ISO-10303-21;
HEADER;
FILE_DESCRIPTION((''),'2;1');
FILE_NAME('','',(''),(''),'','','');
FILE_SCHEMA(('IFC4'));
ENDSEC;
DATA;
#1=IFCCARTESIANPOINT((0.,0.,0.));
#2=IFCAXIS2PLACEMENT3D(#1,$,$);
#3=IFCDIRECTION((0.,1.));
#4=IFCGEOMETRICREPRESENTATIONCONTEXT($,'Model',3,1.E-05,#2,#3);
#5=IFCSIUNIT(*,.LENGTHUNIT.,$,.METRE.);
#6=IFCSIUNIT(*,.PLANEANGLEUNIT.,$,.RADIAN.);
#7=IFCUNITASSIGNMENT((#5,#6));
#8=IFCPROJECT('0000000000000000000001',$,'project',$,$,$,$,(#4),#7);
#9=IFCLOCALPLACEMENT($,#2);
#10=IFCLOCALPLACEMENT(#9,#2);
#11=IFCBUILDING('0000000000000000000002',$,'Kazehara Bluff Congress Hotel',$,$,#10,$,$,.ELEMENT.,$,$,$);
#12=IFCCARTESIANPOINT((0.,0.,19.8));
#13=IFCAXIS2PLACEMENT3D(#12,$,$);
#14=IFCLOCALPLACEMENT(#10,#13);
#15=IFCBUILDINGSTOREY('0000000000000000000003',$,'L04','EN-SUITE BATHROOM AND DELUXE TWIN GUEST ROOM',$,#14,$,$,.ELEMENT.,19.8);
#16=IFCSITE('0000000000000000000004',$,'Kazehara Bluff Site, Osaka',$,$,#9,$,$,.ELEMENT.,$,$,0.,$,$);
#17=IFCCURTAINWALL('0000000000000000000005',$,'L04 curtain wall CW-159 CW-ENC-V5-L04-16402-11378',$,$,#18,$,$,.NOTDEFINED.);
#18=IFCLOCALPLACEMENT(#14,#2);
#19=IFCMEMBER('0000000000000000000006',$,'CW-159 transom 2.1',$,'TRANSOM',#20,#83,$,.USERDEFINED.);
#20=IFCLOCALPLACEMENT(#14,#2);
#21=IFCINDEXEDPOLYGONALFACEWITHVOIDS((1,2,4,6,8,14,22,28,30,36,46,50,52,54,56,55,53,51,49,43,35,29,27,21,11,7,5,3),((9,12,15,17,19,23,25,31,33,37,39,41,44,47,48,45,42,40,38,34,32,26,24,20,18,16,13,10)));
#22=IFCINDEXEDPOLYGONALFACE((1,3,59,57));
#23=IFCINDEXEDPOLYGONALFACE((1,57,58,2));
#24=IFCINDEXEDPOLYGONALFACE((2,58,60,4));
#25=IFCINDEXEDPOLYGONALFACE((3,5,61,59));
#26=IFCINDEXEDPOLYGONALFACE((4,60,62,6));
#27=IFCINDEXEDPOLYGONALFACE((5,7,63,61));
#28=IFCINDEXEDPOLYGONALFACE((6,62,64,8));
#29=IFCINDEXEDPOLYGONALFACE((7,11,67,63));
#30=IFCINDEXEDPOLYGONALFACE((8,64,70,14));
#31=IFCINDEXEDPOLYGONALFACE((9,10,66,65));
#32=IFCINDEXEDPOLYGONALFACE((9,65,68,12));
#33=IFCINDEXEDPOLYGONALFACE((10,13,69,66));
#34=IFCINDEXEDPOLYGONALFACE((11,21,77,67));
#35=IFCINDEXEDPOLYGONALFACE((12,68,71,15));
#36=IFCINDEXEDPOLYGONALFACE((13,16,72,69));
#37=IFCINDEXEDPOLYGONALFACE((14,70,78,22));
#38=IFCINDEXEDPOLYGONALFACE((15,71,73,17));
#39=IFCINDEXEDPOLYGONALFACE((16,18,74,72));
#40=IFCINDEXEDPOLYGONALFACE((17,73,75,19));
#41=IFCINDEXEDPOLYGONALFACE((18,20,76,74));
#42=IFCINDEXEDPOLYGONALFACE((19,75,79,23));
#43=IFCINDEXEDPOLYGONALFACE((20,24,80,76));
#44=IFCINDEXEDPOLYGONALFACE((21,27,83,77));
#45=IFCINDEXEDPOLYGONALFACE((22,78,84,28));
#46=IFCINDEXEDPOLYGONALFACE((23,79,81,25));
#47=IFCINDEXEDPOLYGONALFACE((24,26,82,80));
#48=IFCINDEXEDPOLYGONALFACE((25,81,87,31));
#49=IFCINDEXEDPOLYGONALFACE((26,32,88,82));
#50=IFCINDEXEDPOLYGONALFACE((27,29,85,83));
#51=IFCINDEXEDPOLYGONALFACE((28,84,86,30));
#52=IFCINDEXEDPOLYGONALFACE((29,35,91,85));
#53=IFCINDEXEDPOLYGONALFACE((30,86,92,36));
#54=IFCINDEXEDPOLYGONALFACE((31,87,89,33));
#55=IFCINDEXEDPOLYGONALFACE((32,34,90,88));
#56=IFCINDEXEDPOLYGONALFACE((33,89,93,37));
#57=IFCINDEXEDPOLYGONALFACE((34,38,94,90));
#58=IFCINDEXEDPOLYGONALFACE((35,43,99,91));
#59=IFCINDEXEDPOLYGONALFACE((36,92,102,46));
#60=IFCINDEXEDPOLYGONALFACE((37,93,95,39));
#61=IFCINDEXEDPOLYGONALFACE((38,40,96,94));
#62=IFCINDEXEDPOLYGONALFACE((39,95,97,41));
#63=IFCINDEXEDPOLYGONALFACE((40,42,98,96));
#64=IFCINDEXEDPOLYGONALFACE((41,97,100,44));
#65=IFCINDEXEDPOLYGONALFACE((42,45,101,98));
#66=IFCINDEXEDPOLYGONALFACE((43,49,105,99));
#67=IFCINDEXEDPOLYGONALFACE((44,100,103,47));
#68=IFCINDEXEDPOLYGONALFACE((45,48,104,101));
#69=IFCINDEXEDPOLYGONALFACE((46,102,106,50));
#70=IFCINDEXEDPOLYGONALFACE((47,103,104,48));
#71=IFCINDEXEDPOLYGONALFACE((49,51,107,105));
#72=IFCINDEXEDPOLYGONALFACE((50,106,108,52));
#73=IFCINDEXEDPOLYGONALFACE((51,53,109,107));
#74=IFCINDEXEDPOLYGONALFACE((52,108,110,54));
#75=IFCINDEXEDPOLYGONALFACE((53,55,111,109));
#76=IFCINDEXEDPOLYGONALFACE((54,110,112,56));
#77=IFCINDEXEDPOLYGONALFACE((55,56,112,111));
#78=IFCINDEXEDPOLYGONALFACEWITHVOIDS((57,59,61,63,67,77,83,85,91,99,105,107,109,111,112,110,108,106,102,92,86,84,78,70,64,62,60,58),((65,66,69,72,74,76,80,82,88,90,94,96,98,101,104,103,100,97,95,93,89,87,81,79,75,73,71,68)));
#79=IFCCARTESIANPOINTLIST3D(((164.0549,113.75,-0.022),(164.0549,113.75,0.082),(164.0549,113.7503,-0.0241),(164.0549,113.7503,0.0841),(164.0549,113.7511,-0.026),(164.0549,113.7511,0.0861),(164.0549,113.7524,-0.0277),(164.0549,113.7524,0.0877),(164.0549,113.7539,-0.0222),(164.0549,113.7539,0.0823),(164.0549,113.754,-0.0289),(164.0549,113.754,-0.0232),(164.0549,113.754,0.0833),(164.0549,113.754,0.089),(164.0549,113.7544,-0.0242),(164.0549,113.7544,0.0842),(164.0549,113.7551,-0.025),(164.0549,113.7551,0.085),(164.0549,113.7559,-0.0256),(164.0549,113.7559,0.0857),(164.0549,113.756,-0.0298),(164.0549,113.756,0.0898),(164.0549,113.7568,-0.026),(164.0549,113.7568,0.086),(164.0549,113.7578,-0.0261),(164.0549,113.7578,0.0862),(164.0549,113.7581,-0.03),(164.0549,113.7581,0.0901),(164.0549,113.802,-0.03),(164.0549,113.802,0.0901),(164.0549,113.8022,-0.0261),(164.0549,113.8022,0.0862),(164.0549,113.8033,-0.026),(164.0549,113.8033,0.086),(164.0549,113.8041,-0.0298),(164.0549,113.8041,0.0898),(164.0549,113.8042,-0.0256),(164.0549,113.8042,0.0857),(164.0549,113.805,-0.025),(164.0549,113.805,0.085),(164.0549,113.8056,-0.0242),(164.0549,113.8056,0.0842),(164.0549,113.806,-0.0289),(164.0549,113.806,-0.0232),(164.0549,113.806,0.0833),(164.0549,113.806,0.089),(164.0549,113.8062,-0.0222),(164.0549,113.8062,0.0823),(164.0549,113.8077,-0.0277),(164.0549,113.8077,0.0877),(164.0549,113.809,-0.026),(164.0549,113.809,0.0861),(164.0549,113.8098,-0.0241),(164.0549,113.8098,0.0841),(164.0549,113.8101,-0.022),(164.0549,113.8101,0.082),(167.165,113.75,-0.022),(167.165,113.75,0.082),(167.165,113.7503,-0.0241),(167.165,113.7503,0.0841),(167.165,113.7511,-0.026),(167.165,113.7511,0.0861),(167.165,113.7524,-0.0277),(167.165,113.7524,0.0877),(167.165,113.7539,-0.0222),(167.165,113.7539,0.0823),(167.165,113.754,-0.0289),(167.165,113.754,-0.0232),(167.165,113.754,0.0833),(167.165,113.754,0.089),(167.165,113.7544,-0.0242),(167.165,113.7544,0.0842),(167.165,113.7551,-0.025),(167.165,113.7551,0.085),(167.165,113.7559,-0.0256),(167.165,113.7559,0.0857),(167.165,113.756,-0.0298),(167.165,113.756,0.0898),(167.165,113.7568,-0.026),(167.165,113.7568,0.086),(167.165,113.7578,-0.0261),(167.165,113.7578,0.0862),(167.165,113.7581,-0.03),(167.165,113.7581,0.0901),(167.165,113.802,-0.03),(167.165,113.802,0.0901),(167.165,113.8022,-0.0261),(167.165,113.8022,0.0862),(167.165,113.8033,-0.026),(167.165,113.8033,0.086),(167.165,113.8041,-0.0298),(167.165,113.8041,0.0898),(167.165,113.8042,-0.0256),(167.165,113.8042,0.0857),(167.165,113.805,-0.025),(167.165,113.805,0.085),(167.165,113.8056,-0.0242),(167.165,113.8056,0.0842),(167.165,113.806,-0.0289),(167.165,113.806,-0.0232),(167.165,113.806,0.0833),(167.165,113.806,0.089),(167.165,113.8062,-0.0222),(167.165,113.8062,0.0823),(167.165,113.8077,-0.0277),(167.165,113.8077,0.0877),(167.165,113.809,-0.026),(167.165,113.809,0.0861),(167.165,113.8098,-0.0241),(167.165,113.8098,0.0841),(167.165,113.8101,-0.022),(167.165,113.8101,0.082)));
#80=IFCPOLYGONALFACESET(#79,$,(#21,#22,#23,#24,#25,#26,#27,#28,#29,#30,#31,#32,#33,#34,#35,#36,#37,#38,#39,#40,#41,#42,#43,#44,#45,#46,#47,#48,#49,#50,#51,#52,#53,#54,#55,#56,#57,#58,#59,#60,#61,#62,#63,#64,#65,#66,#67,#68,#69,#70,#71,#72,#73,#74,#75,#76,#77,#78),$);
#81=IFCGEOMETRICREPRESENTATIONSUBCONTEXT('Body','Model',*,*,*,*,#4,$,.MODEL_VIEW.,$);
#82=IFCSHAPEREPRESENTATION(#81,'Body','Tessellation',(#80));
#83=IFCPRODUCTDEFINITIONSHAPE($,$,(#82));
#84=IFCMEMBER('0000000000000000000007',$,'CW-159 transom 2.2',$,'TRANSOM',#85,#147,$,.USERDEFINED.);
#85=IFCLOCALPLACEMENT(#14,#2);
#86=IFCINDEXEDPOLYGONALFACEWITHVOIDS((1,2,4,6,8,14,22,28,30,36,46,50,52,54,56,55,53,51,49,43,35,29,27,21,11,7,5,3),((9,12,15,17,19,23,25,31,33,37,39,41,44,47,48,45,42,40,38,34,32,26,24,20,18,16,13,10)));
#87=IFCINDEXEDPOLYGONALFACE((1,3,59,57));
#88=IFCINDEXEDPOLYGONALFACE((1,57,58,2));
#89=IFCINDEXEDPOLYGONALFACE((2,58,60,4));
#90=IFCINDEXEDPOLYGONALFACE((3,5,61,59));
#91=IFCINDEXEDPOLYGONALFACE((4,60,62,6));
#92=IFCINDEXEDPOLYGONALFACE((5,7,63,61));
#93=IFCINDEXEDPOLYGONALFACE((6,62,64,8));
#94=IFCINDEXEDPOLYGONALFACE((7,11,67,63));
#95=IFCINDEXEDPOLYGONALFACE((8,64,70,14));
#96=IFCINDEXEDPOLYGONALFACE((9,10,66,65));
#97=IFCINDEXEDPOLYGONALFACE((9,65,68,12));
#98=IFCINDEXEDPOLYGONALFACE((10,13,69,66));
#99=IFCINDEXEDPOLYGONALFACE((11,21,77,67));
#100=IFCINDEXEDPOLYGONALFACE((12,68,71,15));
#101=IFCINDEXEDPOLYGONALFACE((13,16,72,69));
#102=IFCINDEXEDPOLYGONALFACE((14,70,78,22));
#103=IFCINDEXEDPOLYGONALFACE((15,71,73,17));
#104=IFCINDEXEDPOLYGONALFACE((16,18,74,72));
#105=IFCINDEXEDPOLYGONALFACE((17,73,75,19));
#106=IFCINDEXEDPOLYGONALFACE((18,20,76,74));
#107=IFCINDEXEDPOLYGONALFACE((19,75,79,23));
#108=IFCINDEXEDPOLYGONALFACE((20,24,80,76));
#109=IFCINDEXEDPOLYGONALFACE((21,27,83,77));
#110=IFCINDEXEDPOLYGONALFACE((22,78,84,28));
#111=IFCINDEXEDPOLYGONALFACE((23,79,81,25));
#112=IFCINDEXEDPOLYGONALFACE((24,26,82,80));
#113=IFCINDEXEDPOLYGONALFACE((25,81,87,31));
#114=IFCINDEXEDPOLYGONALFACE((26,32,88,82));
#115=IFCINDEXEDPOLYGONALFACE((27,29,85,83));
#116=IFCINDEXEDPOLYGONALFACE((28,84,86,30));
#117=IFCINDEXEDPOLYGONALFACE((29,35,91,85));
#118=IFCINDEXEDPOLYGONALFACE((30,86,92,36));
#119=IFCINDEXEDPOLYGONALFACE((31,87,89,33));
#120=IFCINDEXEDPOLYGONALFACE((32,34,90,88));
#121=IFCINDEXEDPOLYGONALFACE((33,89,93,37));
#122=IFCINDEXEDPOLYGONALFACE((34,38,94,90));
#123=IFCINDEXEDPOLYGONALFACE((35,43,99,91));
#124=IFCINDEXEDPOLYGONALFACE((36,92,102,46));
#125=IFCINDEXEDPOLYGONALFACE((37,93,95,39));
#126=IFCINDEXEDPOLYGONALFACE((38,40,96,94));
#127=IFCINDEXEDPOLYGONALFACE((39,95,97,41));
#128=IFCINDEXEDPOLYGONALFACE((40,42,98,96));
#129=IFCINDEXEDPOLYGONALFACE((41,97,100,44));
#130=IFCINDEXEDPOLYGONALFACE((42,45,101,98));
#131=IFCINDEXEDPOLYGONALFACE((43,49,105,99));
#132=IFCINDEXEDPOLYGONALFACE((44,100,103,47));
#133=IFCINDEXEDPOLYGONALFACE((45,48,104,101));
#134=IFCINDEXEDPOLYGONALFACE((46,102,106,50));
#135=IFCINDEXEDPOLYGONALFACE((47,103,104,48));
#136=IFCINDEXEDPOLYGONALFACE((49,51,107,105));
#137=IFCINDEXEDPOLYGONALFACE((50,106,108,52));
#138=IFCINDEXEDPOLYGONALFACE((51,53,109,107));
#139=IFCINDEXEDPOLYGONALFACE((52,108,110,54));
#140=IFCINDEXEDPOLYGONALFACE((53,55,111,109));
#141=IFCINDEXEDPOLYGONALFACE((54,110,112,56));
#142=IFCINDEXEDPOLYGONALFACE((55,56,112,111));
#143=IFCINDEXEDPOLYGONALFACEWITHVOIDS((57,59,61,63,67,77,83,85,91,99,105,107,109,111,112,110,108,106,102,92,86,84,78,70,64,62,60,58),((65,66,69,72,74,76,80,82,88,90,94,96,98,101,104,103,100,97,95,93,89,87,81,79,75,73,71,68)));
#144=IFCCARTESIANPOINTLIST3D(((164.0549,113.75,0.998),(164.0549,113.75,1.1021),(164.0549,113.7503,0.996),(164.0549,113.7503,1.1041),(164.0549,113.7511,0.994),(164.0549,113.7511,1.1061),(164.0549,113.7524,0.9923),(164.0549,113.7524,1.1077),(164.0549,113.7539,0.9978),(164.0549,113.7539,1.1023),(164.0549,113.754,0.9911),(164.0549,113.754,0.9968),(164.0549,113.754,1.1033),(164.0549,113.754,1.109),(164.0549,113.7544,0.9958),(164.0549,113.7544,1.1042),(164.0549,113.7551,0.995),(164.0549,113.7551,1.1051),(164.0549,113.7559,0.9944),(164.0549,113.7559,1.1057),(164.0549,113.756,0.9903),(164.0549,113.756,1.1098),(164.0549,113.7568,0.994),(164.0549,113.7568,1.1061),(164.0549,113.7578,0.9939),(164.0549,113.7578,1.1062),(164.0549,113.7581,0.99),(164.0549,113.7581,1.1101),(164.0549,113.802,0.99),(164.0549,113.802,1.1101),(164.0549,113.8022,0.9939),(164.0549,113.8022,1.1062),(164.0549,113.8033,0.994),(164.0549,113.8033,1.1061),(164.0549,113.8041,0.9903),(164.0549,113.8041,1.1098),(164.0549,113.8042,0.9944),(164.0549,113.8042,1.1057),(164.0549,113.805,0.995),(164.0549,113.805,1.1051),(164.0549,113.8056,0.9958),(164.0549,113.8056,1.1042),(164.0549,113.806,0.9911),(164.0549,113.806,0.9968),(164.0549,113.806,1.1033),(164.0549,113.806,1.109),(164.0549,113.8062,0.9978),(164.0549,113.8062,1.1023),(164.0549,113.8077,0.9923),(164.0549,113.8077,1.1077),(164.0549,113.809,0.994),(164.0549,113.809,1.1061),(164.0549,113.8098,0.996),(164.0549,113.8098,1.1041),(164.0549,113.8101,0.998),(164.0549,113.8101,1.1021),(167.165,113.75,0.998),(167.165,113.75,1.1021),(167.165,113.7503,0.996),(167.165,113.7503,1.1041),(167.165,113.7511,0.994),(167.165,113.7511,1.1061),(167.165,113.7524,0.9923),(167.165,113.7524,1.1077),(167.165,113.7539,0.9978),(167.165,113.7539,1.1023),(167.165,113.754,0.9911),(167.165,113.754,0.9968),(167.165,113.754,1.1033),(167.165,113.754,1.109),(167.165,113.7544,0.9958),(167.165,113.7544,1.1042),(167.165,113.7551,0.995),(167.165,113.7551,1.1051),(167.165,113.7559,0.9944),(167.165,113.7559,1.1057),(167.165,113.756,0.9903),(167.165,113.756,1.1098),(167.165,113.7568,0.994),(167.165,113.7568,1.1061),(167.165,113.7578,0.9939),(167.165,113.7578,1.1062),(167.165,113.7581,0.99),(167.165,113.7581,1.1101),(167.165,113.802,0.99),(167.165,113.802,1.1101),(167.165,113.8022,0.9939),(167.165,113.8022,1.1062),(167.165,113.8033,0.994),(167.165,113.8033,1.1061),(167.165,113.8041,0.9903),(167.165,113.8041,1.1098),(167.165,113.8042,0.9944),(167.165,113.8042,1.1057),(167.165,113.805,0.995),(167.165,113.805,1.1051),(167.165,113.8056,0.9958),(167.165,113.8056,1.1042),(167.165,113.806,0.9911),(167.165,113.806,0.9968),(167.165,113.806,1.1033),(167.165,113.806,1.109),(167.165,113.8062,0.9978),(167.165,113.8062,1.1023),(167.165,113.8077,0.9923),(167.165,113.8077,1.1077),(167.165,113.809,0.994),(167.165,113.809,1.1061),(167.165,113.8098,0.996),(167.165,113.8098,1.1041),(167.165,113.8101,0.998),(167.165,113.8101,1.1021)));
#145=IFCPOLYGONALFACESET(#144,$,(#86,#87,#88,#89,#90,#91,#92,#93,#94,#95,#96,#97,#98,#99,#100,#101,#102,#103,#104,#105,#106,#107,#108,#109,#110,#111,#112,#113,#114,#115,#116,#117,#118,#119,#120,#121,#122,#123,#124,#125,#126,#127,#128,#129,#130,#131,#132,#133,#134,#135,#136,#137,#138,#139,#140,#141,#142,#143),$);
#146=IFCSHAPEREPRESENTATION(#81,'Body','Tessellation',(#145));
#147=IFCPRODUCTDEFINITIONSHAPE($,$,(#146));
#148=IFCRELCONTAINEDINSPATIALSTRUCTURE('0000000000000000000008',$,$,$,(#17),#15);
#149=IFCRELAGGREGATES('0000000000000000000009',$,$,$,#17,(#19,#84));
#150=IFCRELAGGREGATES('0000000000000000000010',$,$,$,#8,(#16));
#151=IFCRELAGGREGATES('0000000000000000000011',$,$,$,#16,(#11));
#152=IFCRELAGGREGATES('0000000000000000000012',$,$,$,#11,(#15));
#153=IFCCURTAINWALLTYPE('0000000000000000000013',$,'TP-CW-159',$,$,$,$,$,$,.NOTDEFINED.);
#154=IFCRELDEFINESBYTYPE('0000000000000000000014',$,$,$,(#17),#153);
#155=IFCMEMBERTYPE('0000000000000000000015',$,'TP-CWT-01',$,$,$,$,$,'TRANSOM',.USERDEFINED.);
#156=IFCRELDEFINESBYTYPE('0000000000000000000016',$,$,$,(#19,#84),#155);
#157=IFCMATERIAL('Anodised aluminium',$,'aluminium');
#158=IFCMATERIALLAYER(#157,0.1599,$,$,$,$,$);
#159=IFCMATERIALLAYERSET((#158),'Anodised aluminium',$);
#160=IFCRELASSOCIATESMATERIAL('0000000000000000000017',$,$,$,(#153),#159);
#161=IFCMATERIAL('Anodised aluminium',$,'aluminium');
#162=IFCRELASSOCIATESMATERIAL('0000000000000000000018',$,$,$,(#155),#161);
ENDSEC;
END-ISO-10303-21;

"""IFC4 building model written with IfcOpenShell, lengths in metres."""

from ifc_helpers import new_model, si_unit, direction, frame, origin, origin_2d, place, context, subcontext, project, spatial, hollow_rectangle, extrude, material, layer, layer_set, material_profile, profile_set, type_object, element, aggregate, save


model = new_model("IFC4")

# Units and contexts
model_context = context("Model", 3, precision=1e-05, world=origin(), true_north=direction((0.0, 1.0)))
body_context = subcontext(model_context, "Body", "Model", "MODEL_VIEW")
ifc_project = project(units=[si_unit("LENGTHUNIT", "METRE"), si_unit("PLANEANGLEUNIT", "RADIAN")], contexts=[model_context])

# Site, building, storey
site_placement = place(None, origin())
site = spatial("IfcSite", under=ifc_project, at=site_placement, Name="Kazehara Bluff Site, Osaka", CompositionType="ELEMENT", RefElevation=0.0)
building_placement = place(site_placement, origin())
building = spatial("IfcBuilding", under=site, at=building_placement, Name="Kazehara Bluff Congress Hotel", CompositionType="ELEMENT")
storey_placement = place(building_placement, frame((0.0, 0.0, 19.8)))
storey = spatial("IfcBuildingStorey", under=building, at=storey_placement, Name="L04", Description="EN-SUITE BATHROOM AND DELUXE TWIN GUEST ROOM", CompositionType="ELEMENT", Elevation=19.8)

# Curtain wall
ifc_material_1 = material(Name="Anodised aluminium", Category="aluminium")
ifc_layer_1 = layer(ifc_material_1, 0.1599)
ifc_layer_set_1 = layer_set([ifc_layer_1], Name="Anodised aluminium")
curtain_wall_type_1 = type_object("IfcCurtainWallType", Name="TP-CW-159", PredefinedType="NOTDEFINED", material=ifc_layer_set_1)
curtain_wall_1_placement = place(storey_placement, origin())
curtain_wall_1 = element("IfcCurtainWall", 1, at=curtain_wall_1_placement, inside=storey, type_object=curtain_wall_type_1, Name="L04 curtain wall CW-159 CW-ENC-V5-L04-16402-11378", PredefinedType="NOTDEFINED")

# Members
ifc_material_2 = material(Name="Anodised aluminium", Category="aluminium")
ifc_material_profile_1 = material_profile(ifc_material_2, hollow_rectangle(XDim=0.0601, YDim=0.1201, WallThickness=0.0039, InnerFilletRadius=0.0039, OuterFilletRadius=0.0081, at=origin_2d()))
ifc_profile_set_1 = profile_set([ifc_material_profile_1], Name="Anodised aluminium")
member_type_1 = type_object("IfcMemberType", Name="TP-CWT-01", ElementType="TRANSOM", PredefinedType="USERDEFINED", material=ifc_profile_set_1)
member_1_placement = place(storey_placement, frame((164.0549, 113.78, 0.03), z_axis=(1.0, 0.0, 0.0), x_axis=(0.0, 1.0, 0.0)))
member_1 = element("IfcMember", 2, at=member_1_placement, type_object=member_type_1, Name="CW-159 transom 2.1", ObjectType="TRANSOM", PredefinedType="USERDEFINED", context=body_context, shape_type="SweptSolid", body=[
    extrude(hollow_rectangle(XDim=0.0601, YDim=0.1201, WallThickness=0.0039, InnerFilletRadius=0.0039, OuterFilletRadius=0.0081, at=origin_2d()), origin(), (0.0, 0.0, 1.0), 3.1101),
])
member_2_placement = place(storey_placement, frame((164.0549, 113.78, 1.05), z_axis=(1.0, 0.0, 0.0), x_axis=(0.0, 1.0, 0.0)))
member_2 = element("IfcMember", 3, at=member_2_placement, type_object=member_type_1, Name="CW-159 transom 2.2", ObjectType="TRANSOM", PredefinedType="USERDEFINED", context=body_context, shape_type="SweptSolid", body=[
    extrude(hollow_rectangle(XDim=0.0601, YDim=0.1201, WallThickness=0.0039, InnerFilletRadius=0.0039, OuterFilletRadius=0.0081, at=origin_2d()), origin(), (0.0, 0.0, 1.0), 3.1101),
])

aggregate(curtain_wall_1, [member_1, member_2])

save(model, "model.ifc")
